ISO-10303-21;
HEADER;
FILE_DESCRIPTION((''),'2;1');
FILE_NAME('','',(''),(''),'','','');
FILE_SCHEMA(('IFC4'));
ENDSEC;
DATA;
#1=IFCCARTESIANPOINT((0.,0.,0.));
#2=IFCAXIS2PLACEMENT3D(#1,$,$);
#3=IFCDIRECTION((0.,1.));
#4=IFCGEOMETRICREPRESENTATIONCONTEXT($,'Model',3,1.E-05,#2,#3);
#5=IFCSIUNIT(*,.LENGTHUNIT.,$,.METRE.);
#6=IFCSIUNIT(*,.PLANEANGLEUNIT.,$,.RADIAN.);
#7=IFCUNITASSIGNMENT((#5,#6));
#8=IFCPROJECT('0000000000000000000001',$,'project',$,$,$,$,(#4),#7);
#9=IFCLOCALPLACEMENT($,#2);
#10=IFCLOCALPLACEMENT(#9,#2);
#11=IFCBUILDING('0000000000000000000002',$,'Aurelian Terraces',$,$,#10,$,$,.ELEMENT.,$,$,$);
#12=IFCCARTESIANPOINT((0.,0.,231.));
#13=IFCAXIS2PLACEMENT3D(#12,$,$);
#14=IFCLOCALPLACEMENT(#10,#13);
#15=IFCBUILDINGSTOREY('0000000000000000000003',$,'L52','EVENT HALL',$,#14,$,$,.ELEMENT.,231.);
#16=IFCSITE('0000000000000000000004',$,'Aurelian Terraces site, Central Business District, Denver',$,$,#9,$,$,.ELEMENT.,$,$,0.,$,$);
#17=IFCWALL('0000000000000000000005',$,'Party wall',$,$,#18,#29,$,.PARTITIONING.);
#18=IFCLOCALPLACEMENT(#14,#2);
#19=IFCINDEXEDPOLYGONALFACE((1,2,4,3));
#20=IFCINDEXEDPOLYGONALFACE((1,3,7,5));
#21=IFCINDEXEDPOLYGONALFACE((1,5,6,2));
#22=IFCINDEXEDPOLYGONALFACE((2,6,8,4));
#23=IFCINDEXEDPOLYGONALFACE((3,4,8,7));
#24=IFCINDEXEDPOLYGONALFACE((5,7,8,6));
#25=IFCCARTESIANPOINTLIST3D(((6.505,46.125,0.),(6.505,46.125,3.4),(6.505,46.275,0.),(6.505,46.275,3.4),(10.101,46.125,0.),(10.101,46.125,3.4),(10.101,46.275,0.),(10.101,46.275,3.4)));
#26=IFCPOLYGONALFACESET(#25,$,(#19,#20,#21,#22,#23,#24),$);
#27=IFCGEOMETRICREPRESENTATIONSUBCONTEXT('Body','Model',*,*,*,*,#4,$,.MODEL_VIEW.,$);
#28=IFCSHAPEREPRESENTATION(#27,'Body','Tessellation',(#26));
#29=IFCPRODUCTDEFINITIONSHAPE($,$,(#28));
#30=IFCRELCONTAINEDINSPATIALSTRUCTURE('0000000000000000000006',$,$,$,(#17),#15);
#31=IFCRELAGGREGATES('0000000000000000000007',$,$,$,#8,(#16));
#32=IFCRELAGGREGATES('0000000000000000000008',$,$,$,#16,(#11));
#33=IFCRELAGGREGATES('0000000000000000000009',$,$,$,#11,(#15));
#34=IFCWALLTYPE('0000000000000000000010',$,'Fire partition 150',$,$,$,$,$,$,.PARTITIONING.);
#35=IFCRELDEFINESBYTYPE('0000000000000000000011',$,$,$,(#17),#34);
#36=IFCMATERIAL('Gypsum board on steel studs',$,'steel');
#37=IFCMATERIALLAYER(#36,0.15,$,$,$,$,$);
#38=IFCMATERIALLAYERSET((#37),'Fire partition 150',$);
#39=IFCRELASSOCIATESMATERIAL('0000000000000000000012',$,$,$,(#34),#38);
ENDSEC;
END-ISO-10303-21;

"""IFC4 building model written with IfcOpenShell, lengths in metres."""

from ifc_helpers import new_model, si_unit, direction, frame, frame_2d, origin, place, context, subcontext, project, spatial, rectangle, extrude, source, transform, mapped, material, layer, layer_set, type_object, element, save


model = new_model("IFC4")

# Units and contexts
model_context = context("Model", 3, precision=1e-05, world=origin(), true_north=direction((0.0, 1.0)))
body_context = subcontext(model_context, "Body", "Model", "MODEL_VIEW")
ifc_project = project(units=[si_unit("LENGTHUNIT", "METRE"), si_unit("PLANEANGLEUNIT", "RADIAN")], contexts=[model_context])

# Site, building, storey
site_placement = place(None, origin())
site = spatial("IfcSite", under=ifc_project, at=site_placement, Name="Aurelian Terraces site, Central Business District, Denver", CompositionType="ELEMENT", RefElevation=0.0)
building_placement = place(site_placement, origin())
building = spatial("IfcBuilding", under=site, at=building_placement, Name="Aurelian Terraces", CompositionType="ELEMENT")
storey_placement = place(building_placement, frame((0.0, 0.0, 231.0)))
storey = spatial("IfcBuildingStorey", under=building, at=storey_placement, Name="L52", Description="EVENT HALL", CompositionType="ELEMENT", Elevation=231.0)

# Shared definitions
ifc_material_1 = material(Name="Gypsum board on steel studs", Category="steel")

# Shared definitions
ifc_layer_1 = layer(ifc_material_1, 0.15)
ifc_layer_set_1 = layer_set([ifc_layer_1], Name="Fire partition 150")
wall_type_1 = type_object("IfcWallType", Name="Fire partition 150", PredefinedType="PARTITIONING", material=ifc_layer_set_1)

# Wall
shared_shape_1 = source(origin(), body_context, "Body", "SweptSolid", [
    extrude(rectangle(XDim=3.596, YDim=0.15, at=frame_2d((1.798, 0.0))), origin(), (0.0, 0.0, 1.0), 3.4),
])
wall_1_placement = place(storey_placement, frame((10.101, 46.2, 0.0), z_axis=(0.0, 0.0, 1.0), x_axis=(-1.0, 0.0, 0.0)))
element("IfcWall", 1, at=wall_1_placement, inside=storey, type_object=wall_type_1, Name="Party wall", PredefinedType="PARTITIONING", context=body_context, shape_type="MappedRepresentation", body=[
    mapped(shared_shape_1, transform((0.0, 0.0, 0.0), scale=1.0)),
])

save(model, "model.ifc")
